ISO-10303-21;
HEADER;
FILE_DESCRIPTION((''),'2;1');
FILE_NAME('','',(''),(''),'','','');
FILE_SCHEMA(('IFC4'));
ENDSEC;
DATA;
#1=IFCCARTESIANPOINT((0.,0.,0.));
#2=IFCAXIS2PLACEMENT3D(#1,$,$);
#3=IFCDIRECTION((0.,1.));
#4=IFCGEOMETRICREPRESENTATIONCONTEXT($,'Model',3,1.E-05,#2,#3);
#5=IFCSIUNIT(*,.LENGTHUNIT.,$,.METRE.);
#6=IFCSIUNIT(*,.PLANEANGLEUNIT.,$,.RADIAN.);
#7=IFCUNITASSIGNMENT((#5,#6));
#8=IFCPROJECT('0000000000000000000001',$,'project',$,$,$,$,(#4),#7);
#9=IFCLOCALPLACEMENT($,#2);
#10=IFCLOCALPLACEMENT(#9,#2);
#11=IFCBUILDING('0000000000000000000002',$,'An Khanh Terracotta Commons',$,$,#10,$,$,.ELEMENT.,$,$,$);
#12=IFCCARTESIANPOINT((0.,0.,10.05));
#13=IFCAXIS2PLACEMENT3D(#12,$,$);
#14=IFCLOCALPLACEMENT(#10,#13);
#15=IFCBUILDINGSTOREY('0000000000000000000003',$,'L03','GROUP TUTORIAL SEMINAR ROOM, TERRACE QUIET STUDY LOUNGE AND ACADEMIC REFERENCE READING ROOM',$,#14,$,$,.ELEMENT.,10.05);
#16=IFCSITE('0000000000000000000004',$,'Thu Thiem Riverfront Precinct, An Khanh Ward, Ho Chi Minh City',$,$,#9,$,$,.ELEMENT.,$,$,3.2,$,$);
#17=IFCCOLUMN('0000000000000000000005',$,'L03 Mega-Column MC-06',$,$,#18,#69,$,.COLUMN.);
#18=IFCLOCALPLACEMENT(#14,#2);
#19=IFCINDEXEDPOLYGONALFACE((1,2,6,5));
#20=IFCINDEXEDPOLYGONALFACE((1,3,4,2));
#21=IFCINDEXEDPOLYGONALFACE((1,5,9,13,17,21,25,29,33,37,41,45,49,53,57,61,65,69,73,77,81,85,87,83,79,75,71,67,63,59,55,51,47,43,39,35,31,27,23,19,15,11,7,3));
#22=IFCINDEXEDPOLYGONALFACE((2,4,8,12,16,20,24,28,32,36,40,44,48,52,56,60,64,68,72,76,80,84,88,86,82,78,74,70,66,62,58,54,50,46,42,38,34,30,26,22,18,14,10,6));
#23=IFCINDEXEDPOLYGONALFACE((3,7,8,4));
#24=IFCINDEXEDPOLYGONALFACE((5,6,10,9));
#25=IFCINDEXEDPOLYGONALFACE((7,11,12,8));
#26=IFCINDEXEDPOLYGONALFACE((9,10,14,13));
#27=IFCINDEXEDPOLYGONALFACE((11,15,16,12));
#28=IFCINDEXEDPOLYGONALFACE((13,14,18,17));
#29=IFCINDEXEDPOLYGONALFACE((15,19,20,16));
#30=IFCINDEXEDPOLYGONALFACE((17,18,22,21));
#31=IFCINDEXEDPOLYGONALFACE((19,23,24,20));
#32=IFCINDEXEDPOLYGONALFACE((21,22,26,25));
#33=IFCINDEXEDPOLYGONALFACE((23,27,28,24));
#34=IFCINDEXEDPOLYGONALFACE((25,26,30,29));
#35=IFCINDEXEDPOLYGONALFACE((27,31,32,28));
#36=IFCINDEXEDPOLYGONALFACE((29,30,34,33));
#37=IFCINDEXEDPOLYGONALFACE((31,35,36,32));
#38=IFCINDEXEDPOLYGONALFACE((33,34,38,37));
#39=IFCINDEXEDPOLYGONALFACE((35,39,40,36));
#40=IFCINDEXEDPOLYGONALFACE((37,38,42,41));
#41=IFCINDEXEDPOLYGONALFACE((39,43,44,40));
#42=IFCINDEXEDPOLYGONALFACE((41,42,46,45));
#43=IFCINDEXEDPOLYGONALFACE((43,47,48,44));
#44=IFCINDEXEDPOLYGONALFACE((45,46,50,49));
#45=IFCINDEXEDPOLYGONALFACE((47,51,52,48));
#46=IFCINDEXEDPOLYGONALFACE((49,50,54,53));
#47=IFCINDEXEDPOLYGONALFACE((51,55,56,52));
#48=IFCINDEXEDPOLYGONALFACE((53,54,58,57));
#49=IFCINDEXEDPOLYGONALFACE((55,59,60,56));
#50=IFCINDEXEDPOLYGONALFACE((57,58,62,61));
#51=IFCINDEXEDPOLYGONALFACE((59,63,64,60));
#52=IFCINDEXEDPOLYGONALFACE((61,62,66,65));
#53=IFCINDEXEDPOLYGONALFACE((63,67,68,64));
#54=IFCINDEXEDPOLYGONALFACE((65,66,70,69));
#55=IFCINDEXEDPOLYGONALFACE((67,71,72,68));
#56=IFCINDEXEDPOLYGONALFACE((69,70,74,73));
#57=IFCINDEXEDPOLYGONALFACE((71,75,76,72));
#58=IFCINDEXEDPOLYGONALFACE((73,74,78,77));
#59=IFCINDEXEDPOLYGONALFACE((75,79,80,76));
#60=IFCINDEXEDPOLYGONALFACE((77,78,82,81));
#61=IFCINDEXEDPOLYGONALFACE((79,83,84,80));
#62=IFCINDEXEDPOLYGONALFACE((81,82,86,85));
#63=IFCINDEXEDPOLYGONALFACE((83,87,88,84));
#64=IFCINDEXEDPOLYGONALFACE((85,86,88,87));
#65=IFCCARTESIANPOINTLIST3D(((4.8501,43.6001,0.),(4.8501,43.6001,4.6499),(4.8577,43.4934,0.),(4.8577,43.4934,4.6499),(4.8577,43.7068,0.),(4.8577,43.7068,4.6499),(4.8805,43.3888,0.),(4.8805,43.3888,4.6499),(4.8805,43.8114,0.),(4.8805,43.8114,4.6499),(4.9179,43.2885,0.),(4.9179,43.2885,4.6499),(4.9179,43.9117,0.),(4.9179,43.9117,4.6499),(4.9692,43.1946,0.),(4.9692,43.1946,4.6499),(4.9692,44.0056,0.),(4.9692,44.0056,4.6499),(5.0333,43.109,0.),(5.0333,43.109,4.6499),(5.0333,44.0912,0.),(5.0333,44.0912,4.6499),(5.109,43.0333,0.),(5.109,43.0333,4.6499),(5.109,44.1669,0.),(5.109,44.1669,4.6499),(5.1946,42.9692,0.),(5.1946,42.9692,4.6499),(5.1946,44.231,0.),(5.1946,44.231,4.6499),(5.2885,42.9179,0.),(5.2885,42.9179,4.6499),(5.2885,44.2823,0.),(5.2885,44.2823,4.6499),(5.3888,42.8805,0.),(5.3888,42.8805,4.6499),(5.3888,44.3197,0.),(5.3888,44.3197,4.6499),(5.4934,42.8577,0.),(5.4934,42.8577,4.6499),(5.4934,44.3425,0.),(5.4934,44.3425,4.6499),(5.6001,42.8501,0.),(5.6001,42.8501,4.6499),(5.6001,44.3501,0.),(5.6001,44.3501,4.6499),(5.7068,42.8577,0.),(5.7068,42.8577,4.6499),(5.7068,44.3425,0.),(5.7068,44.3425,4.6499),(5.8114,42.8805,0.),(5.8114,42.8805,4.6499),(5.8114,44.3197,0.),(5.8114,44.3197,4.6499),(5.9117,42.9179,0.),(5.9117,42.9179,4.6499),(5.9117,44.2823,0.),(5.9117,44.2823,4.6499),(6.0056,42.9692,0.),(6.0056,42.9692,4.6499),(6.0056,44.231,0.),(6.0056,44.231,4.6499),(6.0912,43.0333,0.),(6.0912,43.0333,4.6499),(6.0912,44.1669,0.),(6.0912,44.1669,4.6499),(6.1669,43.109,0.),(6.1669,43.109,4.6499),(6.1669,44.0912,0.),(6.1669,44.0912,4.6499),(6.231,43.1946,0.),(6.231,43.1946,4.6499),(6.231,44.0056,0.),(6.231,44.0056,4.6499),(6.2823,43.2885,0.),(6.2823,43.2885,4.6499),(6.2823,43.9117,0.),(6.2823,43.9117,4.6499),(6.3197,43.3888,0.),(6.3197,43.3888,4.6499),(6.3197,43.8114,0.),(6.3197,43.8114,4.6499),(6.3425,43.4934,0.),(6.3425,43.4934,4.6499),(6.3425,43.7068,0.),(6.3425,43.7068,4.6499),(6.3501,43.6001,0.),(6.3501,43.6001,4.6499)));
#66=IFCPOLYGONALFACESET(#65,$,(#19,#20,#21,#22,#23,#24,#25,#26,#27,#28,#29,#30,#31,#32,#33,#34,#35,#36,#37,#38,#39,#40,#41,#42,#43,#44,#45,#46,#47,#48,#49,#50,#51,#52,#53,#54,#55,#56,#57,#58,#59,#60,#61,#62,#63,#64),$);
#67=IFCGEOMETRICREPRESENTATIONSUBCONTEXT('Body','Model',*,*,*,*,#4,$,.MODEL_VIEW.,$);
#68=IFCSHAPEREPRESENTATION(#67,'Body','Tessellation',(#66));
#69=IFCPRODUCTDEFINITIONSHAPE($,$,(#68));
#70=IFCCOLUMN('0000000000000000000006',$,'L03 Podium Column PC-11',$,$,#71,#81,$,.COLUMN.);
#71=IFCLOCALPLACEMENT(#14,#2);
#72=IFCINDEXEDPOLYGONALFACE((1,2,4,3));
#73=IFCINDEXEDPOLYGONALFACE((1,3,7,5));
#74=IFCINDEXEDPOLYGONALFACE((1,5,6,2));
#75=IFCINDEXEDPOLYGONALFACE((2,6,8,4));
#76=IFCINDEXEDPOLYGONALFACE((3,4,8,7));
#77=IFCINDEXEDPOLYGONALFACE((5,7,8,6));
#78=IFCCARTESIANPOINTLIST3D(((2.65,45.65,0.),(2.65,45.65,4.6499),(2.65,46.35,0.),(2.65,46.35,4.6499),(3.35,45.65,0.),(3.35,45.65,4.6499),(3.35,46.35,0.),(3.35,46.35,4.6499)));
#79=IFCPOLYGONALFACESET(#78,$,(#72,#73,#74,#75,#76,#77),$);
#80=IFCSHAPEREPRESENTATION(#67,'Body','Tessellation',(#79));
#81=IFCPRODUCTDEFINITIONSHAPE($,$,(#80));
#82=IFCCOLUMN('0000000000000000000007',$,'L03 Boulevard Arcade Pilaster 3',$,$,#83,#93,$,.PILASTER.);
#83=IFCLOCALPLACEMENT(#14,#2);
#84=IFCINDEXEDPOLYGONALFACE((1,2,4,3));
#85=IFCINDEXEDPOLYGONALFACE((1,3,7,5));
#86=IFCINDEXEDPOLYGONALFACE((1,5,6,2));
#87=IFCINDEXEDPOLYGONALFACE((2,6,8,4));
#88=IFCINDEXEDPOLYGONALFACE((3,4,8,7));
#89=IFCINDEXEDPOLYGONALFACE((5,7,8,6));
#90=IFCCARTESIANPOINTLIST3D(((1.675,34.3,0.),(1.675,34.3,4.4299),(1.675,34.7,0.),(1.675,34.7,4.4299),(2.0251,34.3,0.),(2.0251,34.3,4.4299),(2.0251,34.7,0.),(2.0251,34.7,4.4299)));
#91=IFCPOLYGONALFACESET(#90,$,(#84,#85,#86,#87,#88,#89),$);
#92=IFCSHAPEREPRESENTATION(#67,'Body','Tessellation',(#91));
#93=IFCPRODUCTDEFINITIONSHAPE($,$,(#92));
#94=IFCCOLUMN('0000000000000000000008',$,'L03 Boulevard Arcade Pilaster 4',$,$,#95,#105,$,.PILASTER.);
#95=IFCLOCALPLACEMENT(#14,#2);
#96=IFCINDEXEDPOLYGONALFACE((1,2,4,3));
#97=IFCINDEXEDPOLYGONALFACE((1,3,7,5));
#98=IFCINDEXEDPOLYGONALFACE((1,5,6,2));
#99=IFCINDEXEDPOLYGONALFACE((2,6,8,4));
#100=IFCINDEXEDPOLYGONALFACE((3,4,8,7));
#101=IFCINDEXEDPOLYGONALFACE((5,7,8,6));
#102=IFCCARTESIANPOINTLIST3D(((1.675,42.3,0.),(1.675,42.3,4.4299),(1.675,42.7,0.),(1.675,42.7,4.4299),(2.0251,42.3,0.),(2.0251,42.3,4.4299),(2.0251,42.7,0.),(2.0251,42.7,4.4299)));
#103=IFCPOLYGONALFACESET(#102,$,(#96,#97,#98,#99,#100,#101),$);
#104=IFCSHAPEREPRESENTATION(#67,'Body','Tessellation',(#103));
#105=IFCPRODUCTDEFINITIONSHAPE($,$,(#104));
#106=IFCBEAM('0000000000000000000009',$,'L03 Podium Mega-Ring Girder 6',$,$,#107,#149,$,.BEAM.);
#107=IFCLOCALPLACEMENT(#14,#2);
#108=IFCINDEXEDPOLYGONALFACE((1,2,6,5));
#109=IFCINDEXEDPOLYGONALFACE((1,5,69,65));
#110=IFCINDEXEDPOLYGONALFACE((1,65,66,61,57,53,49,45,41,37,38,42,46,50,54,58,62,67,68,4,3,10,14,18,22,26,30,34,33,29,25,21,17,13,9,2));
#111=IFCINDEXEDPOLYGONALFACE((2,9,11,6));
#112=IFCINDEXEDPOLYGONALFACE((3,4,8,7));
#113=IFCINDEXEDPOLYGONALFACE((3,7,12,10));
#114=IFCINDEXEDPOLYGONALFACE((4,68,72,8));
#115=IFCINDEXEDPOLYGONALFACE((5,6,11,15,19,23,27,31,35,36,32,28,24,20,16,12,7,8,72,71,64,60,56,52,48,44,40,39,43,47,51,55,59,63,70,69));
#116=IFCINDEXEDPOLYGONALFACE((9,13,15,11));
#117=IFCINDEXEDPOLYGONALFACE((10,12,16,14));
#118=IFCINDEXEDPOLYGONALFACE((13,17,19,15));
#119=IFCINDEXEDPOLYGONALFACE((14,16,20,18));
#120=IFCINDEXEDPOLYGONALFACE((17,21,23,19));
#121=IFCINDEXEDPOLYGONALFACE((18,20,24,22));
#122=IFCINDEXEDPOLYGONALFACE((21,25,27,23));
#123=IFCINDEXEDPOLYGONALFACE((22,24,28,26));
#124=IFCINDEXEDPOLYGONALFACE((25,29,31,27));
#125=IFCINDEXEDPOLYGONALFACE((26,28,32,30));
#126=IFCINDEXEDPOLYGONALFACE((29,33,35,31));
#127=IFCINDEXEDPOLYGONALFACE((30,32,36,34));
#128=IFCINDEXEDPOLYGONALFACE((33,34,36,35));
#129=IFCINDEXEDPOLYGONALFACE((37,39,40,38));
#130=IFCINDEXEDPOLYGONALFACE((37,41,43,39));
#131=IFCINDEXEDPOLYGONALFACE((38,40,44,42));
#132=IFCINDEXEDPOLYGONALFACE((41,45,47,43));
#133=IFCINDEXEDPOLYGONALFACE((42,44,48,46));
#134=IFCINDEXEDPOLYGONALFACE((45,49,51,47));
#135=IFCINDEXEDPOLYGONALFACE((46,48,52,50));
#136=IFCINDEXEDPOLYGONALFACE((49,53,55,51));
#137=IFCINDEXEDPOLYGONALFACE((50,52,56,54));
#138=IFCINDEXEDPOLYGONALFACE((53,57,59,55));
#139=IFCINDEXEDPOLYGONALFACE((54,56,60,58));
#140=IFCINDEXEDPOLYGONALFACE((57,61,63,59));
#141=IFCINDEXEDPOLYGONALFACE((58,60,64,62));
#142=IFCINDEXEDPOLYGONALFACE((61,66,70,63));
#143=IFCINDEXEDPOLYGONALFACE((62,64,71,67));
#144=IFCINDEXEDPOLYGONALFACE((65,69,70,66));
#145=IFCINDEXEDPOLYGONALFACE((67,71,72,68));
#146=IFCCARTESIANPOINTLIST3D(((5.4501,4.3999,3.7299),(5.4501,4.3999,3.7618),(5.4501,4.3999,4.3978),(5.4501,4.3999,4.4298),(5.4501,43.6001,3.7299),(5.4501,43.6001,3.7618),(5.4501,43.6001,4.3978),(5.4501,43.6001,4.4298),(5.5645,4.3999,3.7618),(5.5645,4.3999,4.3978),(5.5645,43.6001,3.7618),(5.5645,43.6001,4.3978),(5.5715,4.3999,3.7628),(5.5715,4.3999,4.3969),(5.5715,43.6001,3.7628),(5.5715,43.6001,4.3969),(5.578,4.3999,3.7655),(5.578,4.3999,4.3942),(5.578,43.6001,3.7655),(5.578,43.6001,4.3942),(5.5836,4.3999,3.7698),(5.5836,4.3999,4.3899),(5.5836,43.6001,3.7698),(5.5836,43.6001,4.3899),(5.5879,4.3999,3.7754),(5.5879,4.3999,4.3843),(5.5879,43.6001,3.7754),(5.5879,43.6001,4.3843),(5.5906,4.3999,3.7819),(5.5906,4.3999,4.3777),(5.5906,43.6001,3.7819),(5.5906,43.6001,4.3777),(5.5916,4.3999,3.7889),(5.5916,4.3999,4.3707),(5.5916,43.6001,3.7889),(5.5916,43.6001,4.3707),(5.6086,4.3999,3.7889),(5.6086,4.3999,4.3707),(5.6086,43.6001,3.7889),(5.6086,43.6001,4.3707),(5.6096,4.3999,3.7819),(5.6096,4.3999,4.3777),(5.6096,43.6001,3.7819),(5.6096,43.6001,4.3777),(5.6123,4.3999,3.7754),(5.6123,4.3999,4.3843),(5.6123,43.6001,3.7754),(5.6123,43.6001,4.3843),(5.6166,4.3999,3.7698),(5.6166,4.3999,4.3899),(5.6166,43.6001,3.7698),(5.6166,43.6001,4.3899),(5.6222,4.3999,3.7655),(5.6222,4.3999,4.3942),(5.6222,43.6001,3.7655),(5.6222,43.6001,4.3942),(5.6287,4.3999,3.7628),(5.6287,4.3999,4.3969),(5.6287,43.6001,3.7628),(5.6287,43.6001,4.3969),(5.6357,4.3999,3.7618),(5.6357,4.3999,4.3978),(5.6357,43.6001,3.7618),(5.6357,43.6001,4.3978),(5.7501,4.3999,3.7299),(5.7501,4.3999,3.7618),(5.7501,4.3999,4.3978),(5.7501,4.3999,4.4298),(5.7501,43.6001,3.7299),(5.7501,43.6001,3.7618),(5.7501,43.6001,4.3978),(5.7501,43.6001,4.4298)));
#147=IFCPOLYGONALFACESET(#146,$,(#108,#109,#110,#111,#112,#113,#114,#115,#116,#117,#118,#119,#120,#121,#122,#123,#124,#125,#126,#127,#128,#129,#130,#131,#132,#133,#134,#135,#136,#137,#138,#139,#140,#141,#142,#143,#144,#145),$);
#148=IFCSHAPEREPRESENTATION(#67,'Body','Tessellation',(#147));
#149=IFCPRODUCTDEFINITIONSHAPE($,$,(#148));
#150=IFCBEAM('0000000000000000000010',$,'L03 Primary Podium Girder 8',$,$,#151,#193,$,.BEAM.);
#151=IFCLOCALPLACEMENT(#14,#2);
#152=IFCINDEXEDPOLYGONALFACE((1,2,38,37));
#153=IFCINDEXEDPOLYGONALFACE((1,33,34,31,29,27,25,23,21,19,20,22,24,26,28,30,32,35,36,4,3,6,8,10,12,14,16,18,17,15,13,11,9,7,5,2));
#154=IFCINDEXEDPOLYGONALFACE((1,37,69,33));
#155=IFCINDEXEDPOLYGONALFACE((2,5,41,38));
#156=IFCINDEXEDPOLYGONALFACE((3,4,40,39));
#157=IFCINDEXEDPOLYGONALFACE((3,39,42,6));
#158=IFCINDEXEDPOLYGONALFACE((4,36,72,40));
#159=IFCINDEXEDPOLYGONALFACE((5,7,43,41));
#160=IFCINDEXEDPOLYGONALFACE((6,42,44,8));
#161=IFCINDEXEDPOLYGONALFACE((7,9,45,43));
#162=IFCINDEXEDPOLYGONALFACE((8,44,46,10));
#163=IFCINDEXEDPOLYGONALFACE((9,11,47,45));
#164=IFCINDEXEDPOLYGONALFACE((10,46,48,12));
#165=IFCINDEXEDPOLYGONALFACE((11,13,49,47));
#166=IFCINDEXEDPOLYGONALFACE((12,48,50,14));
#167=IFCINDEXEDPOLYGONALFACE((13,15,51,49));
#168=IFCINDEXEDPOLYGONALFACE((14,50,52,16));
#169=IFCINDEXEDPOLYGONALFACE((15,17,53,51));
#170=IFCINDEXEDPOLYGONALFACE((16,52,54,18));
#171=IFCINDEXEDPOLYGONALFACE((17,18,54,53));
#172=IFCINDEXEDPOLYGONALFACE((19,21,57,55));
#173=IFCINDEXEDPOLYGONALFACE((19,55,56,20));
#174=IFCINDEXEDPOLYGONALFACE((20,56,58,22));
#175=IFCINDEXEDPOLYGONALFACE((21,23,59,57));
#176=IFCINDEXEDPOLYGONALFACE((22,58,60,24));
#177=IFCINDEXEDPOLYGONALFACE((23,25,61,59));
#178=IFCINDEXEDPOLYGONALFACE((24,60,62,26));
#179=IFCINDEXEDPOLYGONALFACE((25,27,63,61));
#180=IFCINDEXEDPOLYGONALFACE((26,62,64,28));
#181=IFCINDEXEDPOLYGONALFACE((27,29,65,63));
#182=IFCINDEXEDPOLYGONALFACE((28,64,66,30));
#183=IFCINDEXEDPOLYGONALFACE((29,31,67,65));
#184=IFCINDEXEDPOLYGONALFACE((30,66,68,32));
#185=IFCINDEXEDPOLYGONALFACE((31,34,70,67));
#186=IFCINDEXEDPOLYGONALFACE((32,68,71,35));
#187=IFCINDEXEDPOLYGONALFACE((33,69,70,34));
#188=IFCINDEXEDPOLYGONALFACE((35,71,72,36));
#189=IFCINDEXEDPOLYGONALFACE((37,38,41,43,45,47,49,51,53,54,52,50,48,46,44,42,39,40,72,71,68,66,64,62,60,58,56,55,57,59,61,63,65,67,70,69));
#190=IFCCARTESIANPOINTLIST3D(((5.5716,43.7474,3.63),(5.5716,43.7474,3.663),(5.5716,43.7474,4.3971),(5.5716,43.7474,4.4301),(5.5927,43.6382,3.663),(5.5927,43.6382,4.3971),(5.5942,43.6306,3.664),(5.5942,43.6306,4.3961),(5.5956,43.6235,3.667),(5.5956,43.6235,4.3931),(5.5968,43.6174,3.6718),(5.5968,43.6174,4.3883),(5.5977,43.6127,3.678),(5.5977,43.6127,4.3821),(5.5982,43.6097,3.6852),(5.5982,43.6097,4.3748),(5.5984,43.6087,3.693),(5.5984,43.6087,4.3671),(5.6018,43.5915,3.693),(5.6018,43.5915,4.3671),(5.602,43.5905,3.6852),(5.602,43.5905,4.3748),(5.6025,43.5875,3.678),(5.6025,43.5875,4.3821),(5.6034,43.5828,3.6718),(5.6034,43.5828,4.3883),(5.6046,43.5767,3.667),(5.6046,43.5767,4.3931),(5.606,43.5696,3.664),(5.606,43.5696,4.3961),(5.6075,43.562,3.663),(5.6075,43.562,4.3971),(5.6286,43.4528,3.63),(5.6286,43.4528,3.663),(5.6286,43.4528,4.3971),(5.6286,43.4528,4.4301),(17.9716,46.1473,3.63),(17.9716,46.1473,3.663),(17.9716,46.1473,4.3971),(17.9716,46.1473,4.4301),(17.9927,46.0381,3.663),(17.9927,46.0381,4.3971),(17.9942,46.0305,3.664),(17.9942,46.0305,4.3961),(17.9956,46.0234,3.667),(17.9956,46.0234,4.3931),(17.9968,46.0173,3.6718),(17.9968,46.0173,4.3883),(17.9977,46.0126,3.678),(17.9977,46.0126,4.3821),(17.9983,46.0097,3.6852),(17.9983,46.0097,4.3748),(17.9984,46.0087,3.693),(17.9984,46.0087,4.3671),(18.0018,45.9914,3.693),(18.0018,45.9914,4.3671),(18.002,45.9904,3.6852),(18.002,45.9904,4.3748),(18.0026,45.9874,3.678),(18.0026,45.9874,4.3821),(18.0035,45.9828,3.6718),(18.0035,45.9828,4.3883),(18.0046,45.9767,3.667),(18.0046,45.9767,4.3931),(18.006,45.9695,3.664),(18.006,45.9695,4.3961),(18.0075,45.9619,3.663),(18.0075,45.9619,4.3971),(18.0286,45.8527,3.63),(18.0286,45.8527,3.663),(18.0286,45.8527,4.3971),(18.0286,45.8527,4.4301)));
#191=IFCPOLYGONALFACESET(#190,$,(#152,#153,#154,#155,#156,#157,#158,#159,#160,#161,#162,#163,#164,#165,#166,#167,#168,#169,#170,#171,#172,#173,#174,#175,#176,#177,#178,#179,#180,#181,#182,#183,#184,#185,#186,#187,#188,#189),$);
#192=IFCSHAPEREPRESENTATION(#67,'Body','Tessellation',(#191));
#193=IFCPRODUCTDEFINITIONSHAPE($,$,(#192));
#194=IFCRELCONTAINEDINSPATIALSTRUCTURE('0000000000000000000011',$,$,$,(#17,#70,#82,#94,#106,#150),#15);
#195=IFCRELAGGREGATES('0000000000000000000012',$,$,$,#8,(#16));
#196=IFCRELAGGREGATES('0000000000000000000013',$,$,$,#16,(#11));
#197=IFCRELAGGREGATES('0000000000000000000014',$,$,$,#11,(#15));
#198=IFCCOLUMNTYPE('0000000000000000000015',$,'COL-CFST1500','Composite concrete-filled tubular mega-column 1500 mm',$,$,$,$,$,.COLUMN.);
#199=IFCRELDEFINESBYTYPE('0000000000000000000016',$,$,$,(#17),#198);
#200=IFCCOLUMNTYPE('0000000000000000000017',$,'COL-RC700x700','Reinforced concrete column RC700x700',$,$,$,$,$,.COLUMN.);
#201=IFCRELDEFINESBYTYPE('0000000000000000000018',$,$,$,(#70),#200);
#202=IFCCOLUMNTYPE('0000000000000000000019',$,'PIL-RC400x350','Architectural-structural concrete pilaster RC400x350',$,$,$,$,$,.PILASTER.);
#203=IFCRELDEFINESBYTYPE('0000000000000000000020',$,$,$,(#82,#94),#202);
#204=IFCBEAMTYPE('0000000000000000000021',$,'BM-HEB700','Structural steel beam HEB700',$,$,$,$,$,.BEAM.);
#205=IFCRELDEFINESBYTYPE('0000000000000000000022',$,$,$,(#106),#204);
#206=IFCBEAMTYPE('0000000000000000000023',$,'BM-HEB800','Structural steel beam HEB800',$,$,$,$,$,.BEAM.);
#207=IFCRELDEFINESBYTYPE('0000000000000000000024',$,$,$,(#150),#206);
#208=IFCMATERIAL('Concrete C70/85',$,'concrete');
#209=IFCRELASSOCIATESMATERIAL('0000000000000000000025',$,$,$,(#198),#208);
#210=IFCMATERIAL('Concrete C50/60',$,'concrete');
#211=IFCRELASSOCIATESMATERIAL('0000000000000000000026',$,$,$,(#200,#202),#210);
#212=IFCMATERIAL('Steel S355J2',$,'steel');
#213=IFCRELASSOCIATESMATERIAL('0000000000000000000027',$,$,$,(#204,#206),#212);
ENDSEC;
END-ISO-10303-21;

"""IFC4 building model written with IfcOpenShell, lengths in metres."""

from ifc_helpers import new_model, si_unit, direction, frame, origin, origin_2d, place, context, subcontext, project, spatial, rectangle, circle, i_section, extrude, material, material_profile, profile_set, type_object, element, save


model = new_model("IFC4")

# Units and contexts
model_context = context("Model", 3, precision=1e-05, world=origin(), true_north=direction((0.0, 1.0)))
body_context = subcontext(model_context, "Body", "Model", "MODEL_VIEW")
ifc_project = project(units=[si_unit("LENGTHUNIT", "METRE"), si_unit("PLANEANGLEUNIT", "RADIAN")], contexts=[model_context])

# Site, building, storey
site_placement = place(None, origin())
site = spatial("IfcSite", under=ifc_project, at=site_placement, Name="Thu Thiem Riverfront Precinct, An Khanh Ward, Ho Chi Minh City", CompositionType="ELEMENT", RefElevation=3.2)
building_placement = place(site_placement, origin())
building = spatial("IfcBuilding", under=site, at=building_placement, Name="An Khanh Terracotta Commons", CompositionType="ELEMENT")
storey_placement = place(building_placement, frame((0.0, 0.0, 10.05)))
storey = spatial("IfcBuildingStorey", under=building, at=storey_placement, Name="L03", Description="GROUP TUTORIAL SEMINAR ROOM, TERRACE QUIET STUDY LOUNGE AND ACADEMIC REFERENCE READING ROOM", CompositionType="ELEMENT", Elevation=10.05)

# Columns
ifc_material_1 = material(Name="Concrete C70/85", Category="concrete")
ifc_material_profile_1 = material_profile(ifc_material_1, circle(Radius=0.75, at=origin_2d()), Name="CFST1500")
ifc_profile_set_1 = profile_set([ifc_material_profile_1], Name="Concrete C70/85")
column_type_1 = type_object("IfcColumnType", Name="COL-CFST1500", Description="Composite concrete-filled tubular mega-column 1500 mm", PredefinedType="COLUMN", material=ifc_profile_set_1)
column_1_placement = place(storey_placement, frame((5.6001, 43.6001, 0.0), z_axis=(0.0, 0.0, 1.0), x_axis=(1.0, 0.0, 0.0)))
element("IfcColumn", 1, at=column_1_placement, inside=storey, type_object=column_type_1, Name="L03 Mega-Column MC-06", PredefinedType="COLUMN", context=body_context, shape_type="SweptSolid", body=[
    extrude(circle(Radius=0.75, at=origin_2d()), origin(), (0.0, 0.0, 1.0), 4.6499),
])
ifc_material_2 = material(Name="Concrete C50/60", Category="concrete")
ifc_material_profile_2 = material_profile(ifc_material_2, rectangle(XDim=0.7, YDim=0.7, at=origin_2d()), Name="RC700x700")
ifc_profile_set_2 = profile_set([ifc_material_profile_2], Name="Concrete C50/60")
column_type_2 = type_object("IfcColumnType", Name="COL-RC700x700", Description="Reinforced concrete column RC700x700", PredefinedType="COLUMN", material=ifc_profile_set_2)
column_2_placement = place(storey_placement, frame((3.0, 46.0, 0.0), z_axis=(0.0, 0.0, 1.0), x_axis=(1.0, 0.0, 0.0)))
element("IfcColumn", 2, at=column_2_placement, inside=storey, type_object=column_type_2, Name="L03 Podium Column PC-11", PredefinedType="COLUMN", context=body_context, shape_type="SweptSolid", body=[
    extrude(rectangle(XDim=0.7, YDim=0.7, at=origin_2d()), origin(), (0.0, 0.0, 1.0), 4.6499),
])
ifc_material_profile_3 = material_profile(ifc_material_2, rectangle(XDim=0.3501, YDim=0.3999, at=origin_2d()), Name="RC400x350")
ifc_profile_set_3 = profile_set([ifc_material_profile_3], Name="Concrete C50/60")
column_type_3 = type_object("IfcColumnType", Name="PIL-RC400x350", Description="Architectural-structural concrete pilaster RC400x350", PredefinedType="PILASTER", material=ifc_profile_set_3)
for number, where, z_axis, x_axis, name in (
    (3, (1.8501, 34.5, 0.0), (0.0, 0.0, 1.0), (1.0, 0.0, 0.0), "L03 Boulevard Arcade Pilaster 3"),
    (4, (1.8501, 42.5, 0.0), (0.0, 0.0, 1.0), (1.0, 0.0, 0.0), "L03 Boulevard Arcade Pilaster 4"),
):
    element("IfcColumn", number, at=place(storey_placement, frame(where, z_axis=z_axis, x_axis=x_axis)), inside=storey, type_object=column_type_3, Name=name, PredefinedType="PILASTER", context=body_context, shape_type="SweptSolid", body=[
        extrude(rectangle(XDim=0.3501, YDim=0.3999, at=origin_2d()), origin(), (0.0, 0.0, 1.0), 4.4299),
    ])

# Beams
ifc_material_3 = material(Name="Steel S355J2", Category="steel")
ifc_material_profile_4 = material_profile(ifc_material_3, i_section(OverallWidth=0.3, OverallDepth=0.7, WebThickness=0.0171, FlangeThickness=0.032, FilletRadius=0.0271, at=origin_2d()), Name="HEB700")
ifc_profile_set_4 = profile_set([ifc_material_profile_4], Name="Steel S355J2")
beam_type_1 = type_object("IfcBeamType", Name="BM-HEB700", Description="Structural steel beam HEB700", PredefinedType="BEAM", material=ifc_profile_set_4)
beam_1_placement = place(storey_placement, frame((5.6001, 43.6001, 4.0798), z_axis=(0.0, -1.0, 0.0), x_axis=(1.0, 0.0, 0.0)))
element("IfcBeam", 5, at=beam_1_placement, inside=storey, type_object=beam_type_1, Name="L03 Podium Mega-Ring Girder 6", PredefinedType="BEAM", context=body_context, shape_type="SweptSolid", body=[
    extrude(i_section(OverallWidth=0.3, OverallDepth=0.7, WebThickness=0.0171, FlangeThickness=0.032, FilletRadius=0.0271, at=origin_2d()), origin(), (0.0, 0.0, 1.0), 39.2002),
])
ifc_material_profile_5 = material_profile(ifc_material_3, i_section(OverallWidth=0.3, OverallDepth=0.8, WebThickness=0.0176, FlangeThickness=0.033, FilletRadius=0.03, at=origin_2d()), Name="HEB800")
ifc_profile_set_5 = profile_set([ifc_material_profile_5], Name="Steel S355J2")
beam_type_2 = type_object("IfcBeamType", Name="BM-HEB800", Description="Structural steel beam HEB800", PredefinedType="BEAM", material=ifc_profile_set_5)
beam_2_placement = place(storey_placement, frame((5.6001, 43.6001, 4.03), z_axis=(0.981781, 0.190016, 0.0), x_axis=(-0.190016, 0.981781, 0.0)))
element("IfcBeam", 6, at=beam_2_placement, inside=storey, type_object=beam_type_2, Name="L03 Primary Podium Girder 8", PredefinedType="BEAM", context=body_context, shape_type="SweptSolid", body=[
    extrude(i_section(OverallWidth=0.3, OverallDepth=0.8, WebThickness=0.0176, FlangeThickness=0.033, FilletRadius=0.03, at=origin_2d()), origin(), (0.0, 0.0, 1.0), 12.6301),
])

save(model, "model.ifc")
